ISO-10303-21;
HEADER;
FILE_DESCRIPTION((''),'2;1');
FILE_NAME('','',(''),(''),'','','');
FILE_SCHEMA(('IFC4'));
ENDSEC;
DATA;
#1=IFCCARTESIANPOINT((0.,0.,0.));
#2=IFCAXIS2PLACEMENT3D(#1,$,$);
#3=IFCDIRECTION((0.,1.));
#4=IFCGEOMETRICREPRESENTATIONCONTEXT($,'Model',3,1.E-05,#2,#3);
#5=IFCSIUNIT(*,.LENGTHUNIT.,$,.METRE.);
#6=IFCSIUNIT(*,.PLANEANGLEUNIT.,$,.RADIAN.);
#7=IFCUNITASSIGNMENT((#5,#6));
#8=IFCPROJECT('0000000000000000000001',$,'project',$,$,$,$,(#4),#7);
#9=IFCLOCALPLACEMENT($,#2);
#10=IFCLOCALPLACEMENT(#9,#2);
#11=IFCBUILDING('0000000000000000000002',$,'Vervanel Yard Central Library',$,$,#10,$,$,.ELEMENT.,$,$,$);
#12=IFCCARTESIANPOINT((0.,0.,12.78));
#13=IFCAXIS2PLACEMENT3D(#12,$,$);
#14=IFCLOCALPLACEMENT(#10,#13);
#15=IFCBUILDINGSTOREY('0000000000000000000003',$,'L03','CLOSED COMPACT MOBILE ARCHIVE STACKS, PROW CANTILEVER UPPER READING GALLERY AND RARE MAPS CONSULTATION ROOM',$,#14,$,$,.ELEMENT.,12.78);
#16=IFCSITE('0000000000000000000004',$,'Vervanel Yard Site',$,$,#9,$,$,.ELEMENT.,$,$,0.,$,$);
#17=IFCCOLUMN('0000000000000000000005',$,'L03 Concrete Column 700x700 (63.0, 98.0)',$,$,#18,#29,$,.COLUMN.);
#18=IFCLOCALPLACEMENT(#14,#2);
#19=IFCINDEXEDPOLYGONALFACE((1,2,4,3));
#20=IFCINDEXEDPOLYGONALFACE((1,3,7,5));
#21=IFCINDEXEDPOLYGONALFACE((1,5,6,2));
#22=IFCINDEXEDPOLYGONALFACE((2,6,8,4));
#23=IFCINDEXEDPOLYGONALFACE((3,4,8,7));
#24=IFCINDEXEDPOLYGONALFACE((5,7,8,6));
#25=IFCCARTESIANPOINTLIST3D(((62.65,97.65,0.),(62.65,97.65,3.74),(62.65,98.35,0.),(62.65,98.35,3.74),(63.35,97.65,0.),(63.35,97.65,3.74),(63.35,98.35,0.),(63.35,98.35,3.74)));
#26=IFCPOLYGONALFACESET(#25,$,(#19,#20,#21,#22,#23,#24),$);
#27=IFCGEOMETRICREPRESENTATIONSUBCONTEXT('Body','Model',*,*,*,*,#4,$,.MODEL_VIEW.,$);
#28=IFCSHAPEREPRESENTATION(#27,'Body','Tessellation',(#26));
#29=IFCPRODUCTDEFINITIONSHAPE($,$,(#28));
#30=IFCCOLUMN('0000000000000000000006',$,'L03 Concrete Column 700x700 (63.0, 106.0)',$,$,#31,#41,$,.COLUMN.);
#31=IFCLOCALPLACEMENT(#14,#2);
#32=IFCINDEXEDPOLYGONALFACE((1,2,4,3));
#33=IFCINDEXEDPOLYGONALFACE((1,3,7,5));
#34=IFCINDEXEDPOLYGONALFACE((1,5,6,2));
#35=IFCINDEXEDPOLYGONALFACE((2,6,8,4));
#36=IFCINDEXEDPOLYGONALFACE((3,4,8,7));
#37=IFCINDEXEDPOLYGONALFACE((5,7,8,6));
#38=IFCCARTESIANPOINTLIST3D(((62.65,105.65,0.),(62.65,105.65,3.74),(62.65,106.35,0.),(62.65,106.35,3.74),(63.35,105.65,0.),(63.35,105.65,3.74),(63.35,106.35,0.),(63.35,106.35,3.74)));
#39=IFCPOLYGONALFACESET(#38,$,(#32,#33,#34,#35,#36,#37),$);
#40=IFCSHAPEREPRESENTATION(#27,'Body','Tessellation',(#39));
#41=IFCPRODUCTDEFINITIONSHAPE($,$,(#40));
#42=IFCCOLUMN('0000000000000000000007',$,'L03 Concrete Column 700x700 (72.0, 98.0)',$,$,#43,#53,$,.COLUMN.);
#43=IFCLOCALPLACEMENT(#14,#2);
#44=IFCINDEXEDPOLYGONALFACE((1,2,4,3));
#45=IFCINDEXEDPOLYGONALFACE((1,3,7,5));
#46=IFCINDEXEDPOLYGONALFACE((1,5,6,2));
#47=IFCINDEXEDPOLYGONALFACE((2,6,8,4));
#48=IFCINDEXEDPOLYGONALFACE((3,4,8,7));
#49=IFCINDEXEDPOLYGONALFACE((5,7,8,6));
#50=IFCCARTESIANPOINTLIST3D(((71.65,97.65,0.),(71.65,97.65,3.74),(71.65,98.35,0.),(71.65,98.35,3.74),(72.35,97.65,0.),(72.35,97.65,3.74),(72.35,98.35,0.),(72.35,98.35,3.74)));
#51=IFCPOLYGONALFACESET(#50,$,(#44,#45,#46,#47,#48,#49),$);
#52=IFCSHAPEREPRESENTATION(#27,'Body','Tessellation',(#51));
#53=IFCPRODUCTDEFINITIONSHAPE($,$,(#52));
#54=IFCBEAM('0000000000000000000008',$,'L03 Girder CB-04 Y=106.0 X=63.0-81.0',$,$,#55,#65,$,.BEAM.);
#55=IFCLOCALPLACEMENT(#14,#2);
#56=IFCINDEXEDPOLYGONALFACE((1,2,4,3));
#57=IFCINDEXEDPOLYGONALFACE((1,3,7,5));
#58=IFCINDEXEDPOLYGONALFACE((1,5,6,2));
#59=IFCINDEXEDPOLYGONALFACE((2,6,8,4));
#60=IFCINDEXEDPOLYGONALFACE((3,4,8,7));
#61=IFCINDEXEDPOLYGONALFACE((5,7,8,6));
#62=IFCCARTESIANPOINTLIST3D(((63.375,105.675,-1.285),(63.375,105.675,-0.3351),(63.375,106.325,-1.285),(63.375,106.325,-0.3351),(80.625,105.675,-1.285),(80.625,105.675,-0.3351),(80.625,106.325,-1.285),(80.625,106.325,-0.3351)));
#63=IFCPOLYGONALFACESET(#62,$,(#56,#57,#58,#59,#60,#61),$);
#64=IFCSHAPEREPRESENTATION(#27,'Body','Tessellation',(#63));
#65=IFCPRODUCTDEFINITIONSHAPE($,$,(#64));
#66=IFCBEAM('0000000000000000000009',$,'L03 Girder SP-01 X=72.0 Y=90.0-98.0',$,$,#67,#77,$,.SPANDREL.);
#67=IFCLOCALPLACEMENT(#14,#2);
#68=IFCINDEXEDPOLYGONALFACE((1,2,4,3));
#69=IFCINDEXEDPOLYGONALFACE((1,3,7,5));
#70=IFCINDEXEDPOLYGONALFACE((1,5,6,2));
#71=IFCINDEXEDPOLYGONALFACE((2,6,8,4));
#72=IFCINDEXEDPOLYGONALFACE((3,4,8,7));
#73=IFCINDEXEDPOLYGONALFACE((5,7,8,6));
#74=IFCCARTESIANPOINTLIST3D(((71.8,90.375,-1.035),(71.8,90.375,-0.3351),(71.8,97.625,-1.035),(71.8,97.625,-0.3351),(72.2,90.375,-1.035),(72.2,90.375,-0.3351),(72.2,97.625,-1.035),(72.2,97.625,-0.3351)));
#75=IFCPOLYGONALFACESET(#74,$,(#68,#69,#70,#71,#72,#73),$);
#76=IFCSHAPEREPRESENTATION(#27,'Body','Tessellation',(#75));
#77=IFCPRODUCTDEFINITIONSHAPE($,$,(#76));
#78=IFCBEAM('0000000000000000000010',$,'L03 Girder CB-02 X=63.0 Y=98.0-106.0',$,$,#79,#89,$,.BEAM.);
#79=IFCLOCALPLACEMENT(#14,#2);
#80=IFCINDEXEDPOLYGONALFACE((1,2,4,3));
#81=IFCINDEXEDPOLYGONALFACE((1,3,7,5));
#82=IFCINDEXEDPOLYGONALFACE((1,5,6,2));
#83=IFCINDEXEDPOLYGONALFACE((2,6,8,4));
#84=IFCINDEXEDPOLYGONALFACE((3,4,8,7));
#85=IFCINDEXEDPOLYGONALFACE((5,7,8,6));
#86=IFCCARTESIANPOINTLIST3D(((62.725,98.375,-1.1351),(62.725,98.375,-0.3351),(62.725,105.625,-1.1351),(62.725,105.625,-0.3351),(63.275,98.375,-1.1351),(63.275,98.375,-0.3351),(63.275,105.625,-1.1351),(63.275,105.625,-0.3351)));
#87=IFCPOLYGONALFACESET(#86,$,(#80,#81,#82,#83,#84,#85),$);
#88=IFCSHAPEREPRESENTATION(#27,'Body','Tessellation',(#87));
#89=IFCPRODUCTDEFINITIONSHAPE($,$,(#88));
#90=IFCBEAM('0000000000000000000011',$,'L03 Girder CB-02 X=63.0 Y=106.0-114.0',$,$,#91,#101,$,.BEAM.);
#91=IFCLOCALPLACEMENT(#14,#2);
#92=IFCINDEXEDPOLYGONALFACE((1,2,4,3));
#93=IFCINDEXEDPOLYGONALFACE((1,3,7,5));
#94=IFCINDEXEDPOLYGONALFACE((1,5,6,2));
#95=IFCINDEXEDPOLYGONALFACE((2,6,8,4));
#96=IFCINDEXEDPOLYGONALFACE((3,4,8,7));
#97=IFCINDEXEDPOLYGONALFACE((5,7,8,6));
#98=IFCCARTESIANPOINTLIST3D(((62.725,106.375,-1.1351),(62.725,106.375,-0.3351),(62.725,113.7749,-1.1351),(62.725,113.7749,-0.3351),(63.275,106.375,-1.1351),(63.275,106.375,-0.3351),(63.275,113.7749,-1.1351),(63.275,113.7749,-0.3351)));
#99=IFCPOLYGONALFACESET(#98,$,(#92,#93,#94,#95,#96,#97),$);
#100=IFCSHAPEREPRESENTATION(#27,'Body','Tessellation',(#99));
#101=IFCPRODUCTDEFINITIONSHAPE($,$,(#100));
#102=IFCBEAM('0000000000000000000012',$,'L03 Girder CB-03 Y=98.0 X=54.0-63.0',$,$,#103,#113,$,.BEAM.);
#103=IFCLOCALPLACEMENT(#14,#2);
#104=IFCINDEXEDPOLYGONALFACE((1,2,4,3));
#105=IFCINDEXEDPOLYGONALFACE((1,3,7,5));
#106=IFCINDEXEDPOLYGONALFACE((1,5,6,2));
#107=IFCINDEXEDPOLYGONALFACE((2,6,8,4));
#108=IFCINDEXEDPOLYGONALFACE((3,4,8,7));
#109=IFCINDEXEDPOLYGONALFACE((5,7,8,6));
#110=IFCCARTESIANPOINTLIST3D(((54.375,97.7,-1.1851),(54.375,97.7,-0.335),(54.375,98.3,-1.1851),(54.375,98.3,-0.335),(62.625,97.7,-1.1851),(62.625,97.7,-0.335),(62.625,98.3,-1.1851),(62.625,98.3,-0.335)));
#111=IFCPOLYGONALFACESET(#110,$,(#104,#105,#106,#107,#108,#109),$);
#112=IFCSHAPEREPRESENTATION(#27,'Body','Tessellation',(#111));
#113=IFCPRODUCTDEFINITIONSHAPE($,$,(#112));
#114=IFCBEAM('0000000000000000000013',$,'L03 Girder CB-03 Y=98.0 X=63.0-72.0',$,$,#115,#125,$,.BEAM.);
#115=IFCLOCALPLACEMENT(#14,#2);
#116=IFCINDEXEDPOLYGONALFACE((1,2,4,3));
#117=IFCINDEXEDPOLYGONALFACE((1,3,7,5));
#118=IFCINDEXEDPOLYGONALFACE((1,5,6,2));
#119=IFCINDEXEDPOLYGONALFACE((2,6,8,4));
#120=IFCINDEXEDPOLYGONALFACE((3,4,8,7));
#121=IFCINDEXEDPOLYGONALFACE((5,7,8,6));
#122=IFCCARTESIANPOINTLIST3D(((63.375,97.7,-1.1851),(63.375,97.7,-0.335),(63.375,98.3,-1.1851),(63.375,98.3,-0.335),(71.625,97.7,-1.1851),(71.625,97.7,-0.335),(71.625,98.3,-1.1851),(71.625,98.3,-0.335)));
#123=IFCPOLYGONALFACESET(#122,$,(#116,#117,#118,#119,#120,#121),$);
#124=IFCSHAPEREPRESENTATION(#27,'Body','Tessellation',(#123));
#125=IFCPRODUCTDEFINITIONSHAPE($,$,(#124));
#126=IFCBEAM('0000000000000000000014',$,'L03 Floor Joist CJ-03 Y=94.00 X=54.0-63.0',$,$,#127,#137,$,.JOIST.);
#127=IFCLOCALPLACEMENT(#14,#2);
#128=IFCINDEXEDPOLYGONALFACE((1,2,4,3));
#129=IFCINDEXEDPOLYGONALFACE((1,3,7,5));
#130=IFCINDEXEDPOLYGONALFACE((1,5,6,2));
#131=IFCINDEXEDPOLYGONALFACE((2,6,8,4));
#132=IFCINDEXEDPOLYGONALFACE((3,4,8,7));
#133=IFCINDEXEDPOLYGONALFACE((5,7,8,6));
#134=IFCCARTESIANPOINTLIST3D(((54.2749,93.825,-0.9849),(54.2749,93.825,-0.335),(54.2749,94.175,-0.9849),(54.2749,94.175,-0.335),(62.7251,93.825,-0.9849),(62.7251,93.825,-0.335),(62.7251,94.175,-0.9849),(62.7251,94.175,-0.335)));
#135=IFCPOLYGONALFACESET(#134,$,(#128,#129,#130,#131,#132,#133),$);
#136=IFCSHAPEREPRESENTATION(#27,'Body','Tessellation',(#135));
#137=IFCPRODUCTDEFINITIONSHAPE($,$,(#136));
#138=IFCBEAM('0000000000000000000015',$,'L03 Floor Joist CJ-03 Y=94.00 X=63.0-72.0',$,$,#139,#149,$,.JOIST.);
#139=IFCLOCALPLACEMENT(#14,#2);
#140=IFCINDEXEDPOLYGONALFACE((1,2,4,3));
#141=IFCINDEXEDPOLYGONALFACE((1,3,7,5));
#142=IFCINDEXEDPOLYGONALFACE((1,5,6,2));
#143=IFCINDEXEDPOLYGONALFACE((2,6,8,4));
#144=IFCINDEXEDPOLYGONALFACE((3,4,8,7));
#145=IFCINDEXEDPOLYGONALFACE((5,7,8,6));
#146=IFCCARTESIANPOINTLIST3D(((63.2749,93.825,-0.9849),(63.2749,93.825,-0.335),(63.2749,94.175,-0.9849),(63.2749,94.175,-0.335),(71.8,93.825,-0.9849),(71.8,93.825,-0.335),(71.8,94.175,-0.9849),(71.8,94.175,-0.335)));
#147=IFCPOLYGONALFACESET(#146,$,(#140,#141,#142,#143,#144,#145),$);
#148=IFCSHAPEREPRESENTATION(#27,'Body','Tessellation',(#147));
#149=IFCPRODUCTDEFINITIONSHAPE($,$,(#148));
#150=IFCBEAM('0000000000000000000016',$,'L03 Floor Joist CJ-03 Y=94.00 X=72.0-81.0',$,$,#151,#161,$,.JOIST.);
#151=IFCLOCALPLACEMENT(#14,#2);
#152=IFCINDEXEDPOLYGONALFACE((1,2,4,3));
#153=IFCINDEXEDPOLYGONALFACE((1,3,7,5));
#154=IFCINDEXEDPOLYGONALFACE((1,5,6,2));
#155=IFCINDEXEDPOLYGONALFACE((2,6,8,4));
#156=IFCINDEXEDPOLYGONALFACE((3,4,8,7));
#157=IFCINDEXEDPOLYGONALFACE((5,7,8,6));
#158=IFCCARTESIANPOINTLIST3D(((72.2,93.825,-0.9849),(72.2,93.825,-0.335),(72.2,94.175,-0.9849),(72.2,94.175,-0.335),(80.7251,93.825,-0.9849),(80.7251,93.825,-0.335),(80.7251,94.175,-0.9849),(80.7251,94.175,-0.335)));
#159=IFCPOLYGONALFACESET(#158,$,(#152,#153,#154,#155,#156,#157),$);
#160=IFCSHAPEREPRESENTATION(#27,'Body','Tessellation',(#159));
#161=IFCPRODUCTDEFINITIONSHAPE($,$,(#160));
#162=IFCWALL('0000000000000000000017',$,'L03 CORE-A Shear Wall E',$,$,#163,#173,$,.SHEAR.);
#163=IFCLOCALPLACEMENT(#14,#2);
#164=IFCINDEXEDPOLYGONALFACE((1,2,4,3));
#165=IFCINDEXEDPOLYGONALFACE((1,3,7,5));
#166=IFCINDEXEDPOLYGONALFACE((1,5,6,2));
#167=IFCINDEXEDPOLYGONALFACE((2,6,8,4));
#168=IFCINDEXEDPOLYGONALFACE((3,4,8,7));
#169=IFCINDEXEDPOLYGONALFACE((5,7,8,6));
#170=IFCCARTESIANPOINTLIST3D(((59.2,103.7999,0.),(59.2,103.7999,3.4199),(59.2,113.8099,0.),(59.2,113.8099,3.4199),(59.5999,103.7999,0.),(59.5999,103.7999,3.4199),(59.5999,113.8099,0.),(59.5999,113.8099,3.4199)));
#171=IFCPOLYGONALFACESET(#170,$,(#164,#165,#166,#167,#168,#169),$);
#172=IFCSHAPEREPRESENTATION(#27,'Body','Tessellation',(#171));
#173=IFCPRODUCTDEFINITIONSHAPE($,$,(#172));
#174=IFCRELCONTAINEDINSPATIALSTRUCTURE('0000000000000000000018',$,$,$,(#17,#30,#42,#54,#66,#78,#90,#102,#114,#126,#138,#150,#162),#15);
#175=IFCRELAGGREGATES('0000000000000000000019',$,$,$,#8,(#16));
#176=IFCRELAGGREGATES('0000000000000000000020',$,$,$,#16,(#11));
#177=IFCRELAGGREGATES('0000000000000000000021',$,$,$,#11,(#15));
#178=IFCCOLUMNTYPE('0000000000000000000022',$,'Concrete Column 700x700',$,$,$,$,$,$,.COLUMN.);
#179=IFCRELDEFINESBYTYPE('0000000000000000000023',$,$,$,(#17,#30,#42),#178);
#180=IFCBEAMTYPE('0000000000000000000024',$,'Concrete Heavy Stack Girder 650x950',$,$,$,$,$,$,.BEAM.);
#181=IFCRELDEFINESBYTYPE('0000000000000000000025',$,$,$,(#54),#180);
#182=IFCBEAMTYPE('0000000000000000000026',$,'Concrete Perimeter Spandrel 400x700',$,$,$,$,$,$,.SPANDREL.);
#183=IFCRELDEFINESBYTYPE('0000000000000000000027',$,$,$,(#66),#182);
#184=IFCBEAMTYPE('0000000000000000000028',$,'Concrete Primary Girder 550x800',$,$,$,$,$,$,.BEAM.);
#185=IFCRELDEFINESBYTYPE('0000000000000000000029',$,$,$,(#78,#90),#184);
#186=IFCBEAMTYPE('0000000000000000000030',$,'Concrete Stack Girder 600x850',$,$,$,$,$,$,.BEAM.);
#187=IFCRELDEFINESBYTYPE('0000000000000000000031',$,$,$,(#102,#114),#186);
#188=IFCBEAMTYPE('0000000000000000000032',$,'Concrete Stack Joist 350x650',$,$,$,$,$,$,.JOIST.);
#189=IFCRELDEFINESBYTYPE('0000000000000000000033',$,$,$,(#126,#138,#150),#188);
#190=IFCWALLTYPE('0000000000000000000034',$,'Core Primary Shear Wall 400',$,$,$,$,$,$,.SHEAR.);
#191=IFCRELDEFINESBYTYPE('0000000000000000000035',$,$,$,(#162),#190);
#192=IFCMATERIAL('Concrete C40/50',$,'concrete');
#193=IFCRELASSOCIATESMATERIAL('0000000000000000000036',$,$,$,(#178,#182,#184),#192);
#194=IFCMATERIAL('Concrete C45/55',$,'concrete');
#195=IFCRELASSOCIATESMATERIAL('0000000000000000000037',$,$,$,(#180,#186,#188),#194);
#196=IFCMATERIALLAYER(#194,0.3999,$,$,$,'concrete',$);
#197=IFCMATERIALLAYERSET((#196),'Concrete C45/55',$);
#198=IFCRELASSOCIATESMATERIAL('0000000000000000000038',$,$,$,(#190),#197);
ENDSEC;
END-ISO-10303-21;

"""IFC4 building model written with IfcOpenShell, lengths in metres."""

from ifc_helpers import new_model, si_unit, direction, frame, frame_2d, origin, origin_2d, place, context, subcontext, project, spatial, rectangle, extrude, material, layer, layer_set, material_profile, profile_set, type_object, element, save


model = new_model("IFC4")

# Units and contexts
model_context = context("Model", 3, precision=1e-05, world=origin(), true_north=direction((0.0, 1.0)))
body_context = subcontext(model_context, "Body", "Model", "MODEL_VIEW")
ifc_project = project(units=[si_unit("LENGTHUNIT", "METRE"), si_unit("PLANEANGLEUNIT", "RADIAN")], contexts=[model_context])

# Site, building, storey
site_placement = place(None, origin())
site = spatial("IfcSite", under=ifc_project, at=site_placement, Name="Vervanel Yard Site", CompositionType="ELEMENT", RefElevation=0.0)
building_placement = place(site_placement, origin())
building = spatial("IfcBuilding", under=site, at=building_placement, Name="Vervanel Yard Central Library", CompositionType="ELEMENT")
storey_placement = place(building_placement, frame((0.0, 0.0, 12.78)))
storey = spatial("IfcBuildingStorey", under=building, at=storey_placement, Name="L03", Description="CLOSED COMPACT MOBILE ARCHIVE STACKS, PROW CANTILEVER UPPER READING GALLERY AND RARE MAPS CONSULTATION ROOM", CompositionType="ELEMENT", Elevation=12.78)

# Columns
ifc_material_1 = material(Name="Concrete C40/50", Category="concrete")
ifc_material_profile_1 = material_profile(ifc_material_1, rectangle(XDim=0.7, YDim=0.7, at=origin_2d()), Name="RC 700x700", Category="concrete")
ifc_profile_set_1 = profile_set([ifc_material_profile_1], Name="Concrete C40/50")
column_type = type_object("IfcColumnType", Name="Concrete Column 700x700", PredefinedType="COLUMN", material=ifc_profile_set_1)
for number, where, z_axis, x_axis, name in (
    (1, (63.0, 98.0, 0.0), (0.0, 0.0, 1.0), (1.0, 0.0, 0.0), "L03 Concrete Column 700x700 (63.0, 98.0)"),
    (2, (63.0, 106.0, 0.0), (0.0, 0.0, 1.0), (1.0, 0.0, 0.0), "L03 Concrete Column 700x700 (63.0, 106.0)"),
    (3, (72.0, 98.0, 0.0), (0.0, 0.0, 1.0), (1.0, 0.0, 0.0), "L03 Concrete Column 700x700 (72.0, 98.0)"),
):
    element("IfcColumn", number, at=place(storey_placement, frame(where, z_axis=z_axis, x_axis=x_axis)), inside=storey, type_object=column_type, Name=name, PredefinedType="COLUMN", context=body_context, shape_type="SweptSolid", body=[
        extrude(rectangle(XDim=0.7, YDim=0.7, at=origin_2d()), origin(), (0.0, 0.0, 1.0), 3.74),
    ])

# Beams
ifc_material_2 = material(Name="Concrete C45/55", Category="concrete")
ifc_material_profile_2 = material_profile(ifc_material_2, rectangle(XDim=0.6499, YDim=0.95, at=origin_2d()), Name="RC 650x950", Category="concrete")
ifc_profile_set_2 = profile_set([ifc_material_profile_2], Name="Concrete C45/55")
beam_type_1 = type_object("IfcBeamType", Name="Concrete Heavy Stack Girder 650x950", PredefinedType="BEAM", material=ifc_profile_set_2)
beam_1_placement = place(storey_placement, frame((63.375, 106.0, -0.8101), z_axis=(1.0, 0.0, 0.0), x_axis=(0.0, 1.0, 0.0)))
element("IfcBeam", 4, at=beam_1_placement, inside=storey, type_object=beam_type_1, Name="L03 Girder CB-04 Y=106.0 X=63.0-81.0", PredefinedType="BEAM", context=body_context, shape_type="SweptSolid", body=[
    extrude(rectangle(XDim=0.6499, YDim=0.95, at=origin_2d()), origin(), (0.0, 0.0, 1.0), 17.25),
])
ifc_material_profile_3 = material_profile(ifc_material_1, rectangle(XDim=0.3999, YDim=0.7, at=origin_2d()), Name="RC 400x700", Category="concrete")
ifc_profile_set_3 = profile_set([ifc_material_profile_3], Name="Concrete C40/50")
beam_type_2 = type_object("IfcBeamType", Name="Concrete Perimeter Spandrel 400x700", PredefinedType="SPANDREL", material=ifc_profile_set_3)
beam_2_placement = place(storey_placement, frame((72.0, 90.375, -0.6851), z_axis=(0.0, 1.0, 0.0), x_axis=(-1.0, 0.0, 0.0)))
element("IfcBeam", 5, at=beam_2_placement, inside=storey, type_object=beam_type_2, Name="L03 Girder SP-01 X=72.0 Y=90.0-98.0", PredefinedType="SPANDREL", context=body_context, shape_type="SweptSolid", body=[
    extrude(rectangle(XDim=0.3999, YDim=0.7, at=origin_2d()), origin(), (0.0, 0.0, 1.0), 7.25),
])
ifc_material_profile_4 = material_profile(ifc_material_1, rectangle(XDim=0.55, YDim=0.8, at=origin_2d()), Name="RC 550x800", Category="concrete")
ifc_profile_set_4 = profile_set([ifc_material_profile_4], Name="Concrete C40/50")
beam_type_3 = type_object("IfcBeamType", Name="Concrete Primary Girder 550x800", PredefinedType="BEAM", material=ifc_profile_set_4)
beam_3_placement = place(storey_placement, frame((63.0, 98.375, -0.7351), z_axis=(0.0, 1.0, 0.0), x_axis=(-1.0, 0.0, 0.0)))
element("IfcBeam", 6, at=beam_3_placement, inside=storey, type_object=beam_type_3, Name="L03 Girder CB-02 X=63.0 Y=98.0-106.0", PredefinedType="BEAM", context=body_context, shape_type="SweptSolid", body=[
    extrude(rectangle(XDim=0.55, YDim=0.8, at=origin_2d()), origin(), (0.0, 0.0, 1.0), 7.25),
])
beam_4_placement = place(storey_placement, frame((63.0, 106.375, -0.7351), z_axis=(0.0, 1.0, 0.0), x_axis=(-1.0, 0.0, 0.0)))
element("IfcBeam", 7, at=beam_4_placement, inside=storey, type_object=beam_type_3, Name="L03 Girder CB-02 X=63.0 Y=106.0-114.0", PredefinedType="BEAM", context=body_context, shape_type="SweptSolid", body=[
    extrude(rectangle(XDim=0.55, YDim=0.8, at=origin_2d()), origin(), (0.0, 0.0, 1.0), 7.3999),
])
ifc_material_profile_5 = material_profile(ifc_material_2, rectangle(XDim=0.6001, YDim=0.8501, at=origin_2d()), Name="RC 600x850", Category="concrete")
ifc_profile_set_5 = profile_set([ifc_material_profile_5], Name="Concrete C45/55")
beam_type_4 = type_object("IfcBeamType", Name="Concrete Stack Girder 600x850", PredefinedType="BEAM", material=ifc_profile_set_5)
for number, where, z_axis, x_axis, name in (
    (8, (54.375, 98.0, -0.76), (1.0, 0.0, 0.0), (0.0, 1.0, 0.0), "L03 Girder CB-03 Y=98.0 X=54.0-63.0"),
    (9, (63.375, 98.0, -0.76), (1.0, 0.0, 0.0), (0.0, 1.0, 0.0), "L03 Girder CB-03 Y=98.0 X=63.0-72.0"),
):
    element("IfcBeam", number, at=place(storey_placement, frame(where, z_axis=z_axis, x_axis=x_axis)), inside=storey, type_object=beam_type_4, Name=name, PredefinedType="BEAM", context=body_context, shape_type="SweptSolid", body=[
        extrude(rectangle(XDim=0.6001, YDim=0.8501, at=origin_2d()), origin(), (0.0, 0.0, 1.0), 8.25),
    ])
ifc_material_profile_6 = material_profile(ifc_material_2, rectangle(XDim=0.3501, YDim=0.6499, at=origin_2d()), Name="RC 350x650", Category="concrete")
ifc_profile_set_6 = profile_set([ifc_material_profile_6], Name="Concrete C45/55")
beam_type_5 = type_object("IfcBeamType", Name="Concrete Stack Joist 350x650", PredefinedType="JOIST", material=ifc_profile_set_6)
beam_5_placement = place(storey_placement, frame((54.2749, 94.0, -0.6599), z_axis=(1.0, 0.0, 0.0), x_axis=(0.0, 1.0, 0.0)))
element("IfcBeam", 10, at=beam_5_placement, inside=storey, type_object=beam_type_5, Name="L03 Floor Joist CJ-03 Y=94.00 X=54.0-63.0", PredefinedType="JOIST", context=body_context, shape_type="SweptSolid", body=[
    extrude(rectangle(XDim=0.3501, YDim=0.6499, at=origin_2d()), origin(), (0.0, 0.0, 1.0), 8.4502),
])
for number, where, z_axis, x_axis, name in (
    (11, (63.2749, 94.0, -0.6599), (1.0, 0.0, 0.0), (0.0, 1.0, 0.0), "L03 Floor Joist CJ-03 Y=94.00 X=63.0-72.0"),
    (12, (72.2, 94.0, -0.6599), (1.0, 0.0, 0.0), (0.0, 1.0, 0.0), "L03 Floor Joist CJ-03 Y=94.00 X=72.0-81.0"),
):
    element("IfcBeam", number, at=place(storey_placement, frame(where, z_axis=z_axis, x_axis=x_axis)), inside=storey, type_object=beam_type_5, Name=name, PredefinedType="JOIST", context=body_context, shape_type="SweptSolid", body=[
        extrude(rectangle(XDim=0.3501, YDim=0.6499, at=origin_2d()), origin(), (0.0, 0.0, 1.0), 8.5251),
    ])

# Wall
ifc_layer_1 = layer(ifc_material_2, 0.3999, Category="concrete")
ifc_layer_set_1 = layer_set([ifc_layer_1], Name="Concrete C45/55")
wall_type_1 = type_object("IfcWallType", Name="Core Primary Shear Wall 400", PredefinedType="SHEAR", material=ifc_layer_set_1)
wall_1_placement = place(storey_placement, frame((59.3999, 103.8, 0.0), z_axis=(0.0, 0.0, 1.0), x_axis=(0.0, 1.0, 0.0)))
element("IfcWall", 13, at=wall_1_placement, inside=storey, type_object=wall_type_1, Name="L03 CORE-A Shear Wall E", PredefinedType="SHEAR", context=body_context, shape_type="SweptSolid", body=[
    extrude(rectangle(XDim=10.01, YDim=0.3999, at=frame_2d((5.0049, 0.0))), origin(), (0.0, 0.0, 1.0), 3.4199),
])

save(model, "model.ifc")
